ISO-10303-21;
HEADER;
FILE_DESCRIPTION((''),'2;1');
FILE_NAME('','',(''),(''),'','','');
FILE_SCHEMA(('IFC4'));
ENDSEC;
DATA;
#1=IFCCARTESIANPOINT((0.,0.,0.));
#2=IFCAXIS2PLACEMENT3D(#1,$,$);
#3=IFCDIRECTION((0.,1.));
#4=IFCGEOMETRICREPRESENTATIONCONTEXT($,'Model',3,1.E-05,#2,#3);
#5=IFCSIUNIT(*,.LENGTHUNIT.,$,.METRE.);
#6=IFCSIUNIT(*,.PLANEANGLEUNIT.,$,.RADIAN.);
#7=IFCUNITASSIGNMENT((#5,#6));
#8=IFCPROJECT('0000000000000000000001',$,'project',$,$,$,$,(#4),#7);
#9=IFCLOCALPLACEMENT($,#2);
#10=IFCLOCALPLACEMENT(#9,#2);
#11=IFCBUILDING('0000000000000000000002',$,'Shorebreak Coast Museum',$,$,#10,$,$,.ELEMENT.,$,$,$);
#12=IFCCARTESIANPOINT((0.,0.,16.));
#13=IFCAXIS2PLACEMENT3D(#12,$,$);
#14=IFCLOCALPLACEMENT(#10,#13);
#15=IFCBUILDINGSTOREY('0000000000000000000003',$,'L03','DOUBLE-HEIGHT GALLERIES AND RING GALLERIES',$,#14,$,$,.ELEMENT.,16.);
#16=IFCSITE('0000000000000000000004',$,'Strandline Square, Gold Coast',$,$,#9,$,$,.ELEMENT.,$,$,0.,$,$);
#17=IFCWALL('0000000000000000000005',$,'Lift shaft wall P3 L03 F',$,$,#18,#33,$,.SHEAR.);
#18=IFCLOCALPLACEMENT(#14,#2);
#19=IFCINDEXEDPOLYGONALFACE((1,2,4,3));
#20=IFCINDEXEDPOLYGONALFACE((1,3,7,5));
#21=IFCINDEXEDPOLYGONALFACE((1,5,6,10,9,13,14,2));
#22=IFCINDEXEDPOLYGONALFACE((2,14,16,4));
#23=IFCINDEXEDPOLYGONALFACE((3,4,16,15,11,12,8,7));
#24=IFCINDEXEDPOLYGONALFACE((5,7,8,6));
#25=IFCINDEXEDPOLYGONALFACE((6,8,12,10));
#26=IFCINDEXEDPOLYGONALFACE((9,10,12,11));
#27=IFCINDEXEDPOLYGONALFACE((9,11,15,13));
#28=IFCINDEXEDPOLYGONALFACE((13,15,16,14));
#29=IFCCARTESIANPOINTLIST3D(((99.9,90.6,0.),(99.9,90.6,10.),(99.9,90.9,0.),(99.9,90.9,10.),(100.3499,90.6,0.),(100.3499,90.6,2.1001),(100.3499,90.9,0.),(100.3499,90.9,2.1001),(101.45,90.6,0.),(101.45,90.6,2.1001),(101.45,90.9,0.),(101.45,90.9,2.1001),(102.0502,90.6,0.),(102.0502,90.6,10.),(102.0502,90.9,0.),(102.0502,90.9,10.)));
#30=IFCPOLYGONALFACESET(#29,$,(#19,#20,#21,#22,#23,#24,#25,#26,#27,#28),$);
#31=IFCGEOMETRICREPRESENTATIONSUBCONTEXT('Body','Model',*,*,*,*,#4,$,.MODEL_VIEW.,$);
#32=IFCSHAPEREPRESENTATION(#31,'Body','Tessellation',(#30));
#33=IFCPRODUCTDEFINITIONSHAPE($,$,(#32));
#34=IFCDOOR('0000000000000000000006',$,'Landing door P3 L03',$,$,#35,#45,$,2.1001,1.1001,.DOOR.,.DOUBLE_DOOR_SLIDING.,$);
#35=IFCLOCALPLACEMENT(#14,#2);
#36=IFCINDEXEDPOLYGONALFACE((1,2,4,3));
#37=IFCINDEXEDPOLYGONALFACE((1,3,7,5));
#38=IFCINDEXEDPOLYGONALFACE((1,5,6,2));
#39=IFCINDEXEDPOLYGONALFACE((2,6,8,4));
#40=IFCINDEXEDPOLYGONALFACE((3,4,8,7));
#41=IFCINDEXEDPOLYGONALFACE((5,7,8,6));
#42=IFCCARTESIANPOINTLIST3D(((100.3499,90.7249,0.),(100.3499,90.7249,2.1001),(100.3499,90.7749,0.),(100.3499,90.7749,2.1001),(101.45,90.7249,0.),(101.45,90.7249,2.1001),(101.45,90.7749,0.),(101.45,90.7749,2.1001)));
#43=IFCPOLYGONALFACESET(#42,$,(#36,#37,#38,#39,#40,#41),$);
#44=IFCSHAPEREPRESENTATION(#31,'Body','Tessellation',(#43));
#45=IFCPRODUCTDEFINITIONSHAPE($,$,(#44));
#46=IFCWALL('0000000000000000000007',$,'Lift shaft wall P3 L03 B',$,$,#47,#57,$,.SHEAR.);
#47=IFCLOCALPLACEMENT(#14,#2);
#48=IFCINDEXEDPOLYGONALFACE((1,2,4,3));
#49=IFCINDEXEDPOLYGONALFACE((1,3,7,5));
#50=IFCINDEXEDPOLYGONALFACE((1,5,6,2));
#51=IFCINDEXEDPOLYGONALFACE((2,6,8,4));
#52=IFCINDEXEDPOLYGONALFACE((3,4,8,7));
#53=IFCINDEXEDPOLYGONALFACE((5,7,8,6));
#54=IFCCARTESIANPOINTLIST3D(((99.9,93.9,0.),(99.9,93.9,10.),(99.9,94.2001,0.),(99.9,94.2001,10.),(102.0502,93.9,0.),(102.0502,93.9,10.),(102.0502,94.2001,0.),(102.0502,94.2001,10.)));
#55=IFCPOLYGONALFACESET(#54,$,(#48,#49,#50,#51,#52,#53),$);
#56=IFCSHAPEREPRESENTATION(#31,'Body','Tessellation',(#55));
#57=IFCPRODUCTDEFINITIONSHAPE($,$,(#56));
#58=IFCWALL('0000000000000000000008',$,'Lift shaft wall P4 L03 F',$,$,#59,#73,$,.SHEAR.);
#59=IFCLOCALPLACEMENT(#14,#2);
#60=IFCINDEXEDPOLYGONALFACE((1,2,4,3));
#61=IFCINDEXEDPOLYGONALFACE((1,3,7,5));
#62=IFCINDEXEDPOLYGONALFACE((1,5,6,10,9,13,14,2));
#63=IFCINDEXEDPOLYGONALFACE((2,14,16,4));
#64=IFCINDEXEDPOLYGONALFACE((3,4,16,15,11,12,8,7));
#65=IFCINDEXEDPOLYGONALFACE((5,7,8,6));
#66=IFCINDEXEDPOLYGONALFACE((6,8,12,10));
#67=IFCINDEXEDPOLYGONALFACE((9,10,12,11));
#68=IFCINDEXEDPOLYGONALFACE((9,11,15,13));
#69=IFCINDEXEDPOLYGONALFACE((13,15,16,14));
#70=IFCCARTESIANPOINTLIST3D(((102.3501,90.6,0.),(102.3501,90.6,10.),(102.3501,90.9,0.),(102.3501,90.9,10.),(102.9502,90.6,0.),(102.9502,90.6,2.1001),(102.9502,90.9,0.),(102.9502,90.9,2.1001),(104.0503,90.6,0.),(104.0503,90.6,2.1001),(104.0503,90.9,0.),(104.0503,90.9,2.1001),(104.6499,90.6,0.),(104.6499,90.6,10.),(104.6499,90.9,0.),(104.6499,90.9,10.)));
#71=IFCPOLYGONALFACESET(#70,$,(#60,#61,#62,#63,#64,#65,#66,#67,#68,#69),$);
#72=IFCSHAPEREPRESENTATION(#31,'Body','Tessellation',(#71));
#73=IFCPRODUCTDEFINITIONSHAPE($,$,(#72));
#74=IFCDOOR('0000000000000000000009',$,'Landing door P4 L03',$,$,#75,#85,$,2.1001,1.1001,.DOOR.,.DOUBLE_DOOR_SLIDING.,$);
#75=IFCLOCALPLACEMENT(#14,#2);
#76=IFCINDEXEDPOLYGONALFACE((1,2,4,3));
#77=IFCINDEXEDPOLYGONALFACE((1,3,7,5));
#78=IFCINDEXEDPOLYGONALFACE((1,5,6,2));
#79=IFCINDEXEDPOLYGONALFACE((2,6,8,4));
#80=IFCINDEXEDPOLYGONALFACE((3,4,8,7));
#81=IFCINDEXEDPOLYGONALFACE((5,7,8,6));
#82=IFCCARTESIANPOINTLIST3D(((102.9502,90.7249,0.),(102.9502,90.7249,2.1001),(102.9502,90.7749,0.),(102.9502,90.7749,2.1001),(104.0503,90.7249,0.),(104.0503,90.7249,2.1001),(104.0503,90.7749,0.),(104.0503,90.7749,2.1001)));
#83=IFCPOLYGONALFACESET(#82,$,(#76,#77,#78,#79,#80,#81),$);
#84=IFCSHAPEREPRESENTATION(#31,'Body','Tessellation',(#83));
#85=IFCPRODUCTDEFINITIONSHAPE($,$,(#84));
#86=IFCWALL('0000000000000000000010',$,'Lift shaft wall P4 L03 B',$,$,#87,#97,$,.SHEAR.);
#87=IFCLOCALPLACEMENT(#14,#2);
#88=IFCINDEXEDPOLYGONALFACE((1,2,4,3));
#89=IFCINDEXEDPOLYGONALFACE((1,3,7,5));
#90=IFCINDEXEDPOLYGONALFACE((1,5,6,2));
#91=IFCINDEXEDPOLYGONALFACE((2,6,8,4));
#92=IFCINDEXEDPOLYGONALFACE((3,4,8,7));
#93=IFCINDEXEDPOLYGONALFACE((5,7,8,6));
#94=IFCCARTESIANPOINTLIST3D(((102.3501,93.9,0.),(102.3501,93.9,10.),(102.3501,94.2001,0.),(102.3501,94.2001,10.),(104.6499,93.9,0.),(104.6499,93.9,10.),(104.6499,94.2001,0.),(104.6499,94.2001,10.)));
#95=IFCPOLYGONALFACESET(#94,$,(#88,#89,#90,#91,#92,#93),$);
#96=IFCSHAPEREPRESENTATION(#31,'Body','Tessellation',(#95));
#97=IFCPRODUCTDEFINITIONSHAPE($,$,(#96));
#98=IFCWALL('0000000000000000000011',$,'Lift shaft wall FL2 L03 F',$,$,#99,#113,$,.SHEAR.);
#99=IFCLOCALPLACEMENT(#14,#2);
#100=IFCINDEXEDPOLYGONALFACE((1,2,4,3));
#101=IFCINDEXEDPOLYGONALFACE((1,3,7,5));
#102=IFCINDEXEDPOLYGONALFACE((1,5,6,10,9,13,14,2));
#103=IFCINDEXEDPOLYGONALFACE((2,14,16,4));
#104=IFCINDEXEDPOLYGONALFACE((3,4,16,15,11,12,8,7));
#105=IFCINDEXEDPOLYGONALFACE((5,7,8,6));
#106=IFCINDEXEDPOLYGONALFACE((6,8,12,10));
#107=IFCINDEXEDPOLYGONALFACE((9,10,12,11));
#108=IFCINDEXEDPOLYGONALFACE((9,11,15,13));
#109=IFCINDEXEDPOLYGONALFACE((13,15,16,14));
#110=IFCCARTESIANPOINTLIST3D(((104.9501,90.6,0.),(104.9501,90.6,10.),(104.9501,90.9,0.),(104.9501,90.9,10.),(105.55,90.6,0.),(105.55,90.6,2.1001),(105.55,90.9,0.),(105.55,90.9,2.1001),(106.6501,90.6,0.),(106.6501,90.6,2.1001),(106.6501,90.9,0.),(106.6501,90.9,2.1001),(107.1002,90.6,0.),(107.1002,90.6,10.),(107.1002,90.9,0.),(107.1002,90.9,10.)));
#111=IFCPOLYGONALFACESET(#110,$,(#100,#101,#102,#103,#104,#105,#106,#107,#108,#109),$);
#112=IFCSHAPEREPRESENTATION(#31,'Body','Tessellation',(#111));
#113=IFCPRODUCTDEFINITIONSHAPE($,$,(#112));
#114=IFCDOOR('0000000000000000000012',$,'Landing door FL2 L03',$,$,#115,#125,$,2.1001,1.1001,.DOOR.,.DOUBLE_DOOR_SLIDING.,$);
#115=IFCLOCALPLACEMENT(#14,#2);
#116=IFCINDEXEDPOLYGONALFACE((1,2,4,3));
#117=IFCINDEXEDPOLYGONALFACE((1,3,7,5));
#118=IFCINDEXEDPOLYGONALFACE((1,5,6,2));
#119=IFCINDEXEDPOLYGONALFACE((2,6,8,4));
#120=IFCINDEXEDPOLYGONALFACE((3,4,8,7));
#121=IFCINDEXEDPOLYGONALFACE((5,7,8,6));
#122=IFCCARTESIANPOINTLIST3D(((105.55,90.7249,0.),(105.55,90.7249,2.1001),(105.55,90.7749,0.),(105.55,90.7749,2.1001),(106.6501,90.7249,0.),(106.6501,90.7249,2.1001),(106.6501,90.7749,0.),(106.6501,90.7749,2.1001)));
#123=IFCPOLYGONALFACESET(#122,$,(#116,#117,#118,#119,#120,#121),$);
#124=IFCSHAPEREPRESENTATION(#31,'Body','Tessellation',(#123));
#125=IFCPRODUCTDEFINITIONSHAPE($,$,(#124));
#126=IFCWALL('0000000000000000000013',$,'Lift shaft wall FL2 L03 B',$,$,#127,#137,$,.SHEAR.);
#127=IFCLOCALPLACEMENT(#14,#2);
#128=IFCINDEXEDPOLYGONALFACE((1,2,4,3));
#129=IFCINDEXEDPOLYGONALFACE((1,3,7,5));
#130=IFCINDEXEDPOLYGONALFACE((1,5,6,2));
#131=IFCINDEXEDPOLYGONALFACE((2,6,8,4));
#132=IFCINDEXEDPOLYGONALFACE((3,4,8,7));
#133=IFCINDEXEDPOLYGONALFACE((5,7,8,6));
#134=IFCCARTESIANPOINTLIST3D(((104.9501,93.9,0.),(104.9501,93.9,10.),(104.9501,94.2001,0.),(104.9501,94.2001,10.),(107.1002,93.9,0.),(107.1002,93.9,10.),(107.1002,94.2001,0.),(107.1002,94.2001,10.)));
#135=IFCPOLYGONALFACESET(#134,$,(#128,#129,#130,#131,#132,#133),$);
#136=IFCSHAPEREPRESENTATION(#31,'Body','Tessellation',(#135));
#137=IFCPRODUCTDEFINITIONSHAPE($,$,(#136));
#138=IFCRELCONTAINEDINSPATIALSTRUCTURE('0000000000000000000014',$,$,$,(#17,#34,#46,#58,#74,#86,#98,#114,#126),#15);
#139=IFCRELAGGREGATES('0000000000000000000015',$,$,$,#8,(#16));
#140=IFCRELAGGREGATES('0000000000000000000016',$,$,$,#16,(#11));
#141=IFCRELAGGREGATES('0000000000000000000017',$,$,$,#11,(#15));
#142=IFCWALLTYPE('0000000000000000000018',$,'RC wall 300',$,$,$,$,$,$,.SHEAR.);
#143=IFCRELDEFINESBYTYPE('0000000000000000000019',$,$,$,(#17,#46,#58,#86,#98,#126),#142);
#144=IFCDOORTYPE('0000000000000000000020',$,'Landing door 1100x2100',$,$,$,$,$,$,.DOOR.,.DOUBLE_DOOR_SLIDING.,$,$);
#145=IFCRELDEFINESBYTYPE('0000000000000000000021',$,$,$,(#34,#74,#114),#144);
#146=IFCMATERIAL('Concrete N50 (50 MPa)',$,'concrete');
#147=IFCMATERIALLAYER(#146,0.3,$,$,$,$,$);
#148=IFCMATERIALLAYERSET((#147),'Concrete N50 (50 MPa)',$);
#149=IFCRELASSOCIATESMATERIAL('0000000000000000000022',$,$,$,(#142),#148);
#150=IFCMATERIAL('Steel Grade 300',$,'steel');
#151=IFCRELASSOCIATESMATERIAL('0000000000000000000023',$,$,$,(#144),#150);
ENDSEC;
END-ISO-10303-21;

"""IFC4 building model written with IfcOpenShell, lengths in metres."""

from ifc_helpers import new_model, si_unit, direction, frame, frame_2d, origin, place, context, subcontext, project, spatial, rectangle, extrude, material, layer, layer_set, type_object, element, fill, save


model = new_model("IFC4")

# Units and contexts
model_context = context("Model", 3, precision=1e-05, world=origin(), true_north=direction((0.0, 1.0)))
body_context = subcontext(model_context, "Body", "Model", "MODEL_VIEW")
ifc_project = project(units=[si_unit("LENGTHUNIT", "METRE"), si_unit("PLANEANGLEUNIT", "RADIAN")], contexts=[model_context])

# Site, building, storey
site_placement = place(None, origin())
site = spatial("IfcSite", under=ifc_project, at=site_placement, Name="Strandline Square, Gold Coast", CompositionType="ELEMENT", RefElevation=0.0)
building_placement = place(site_placement, origin())
building = spatial("IfcBuilding", under=site, at=building_placement, Name="Shorebreak Coast Museum", CompositionType="ELEMENT")
storey_placement = place(building_placement, frame((0.0, 0.0, 16.0)))
storey = spatial("IfcBuildingStorey", under=building, at=storey_placement, Name="L03", Description="DOUBLE-HEIGHT GALLERIES AND RING GALLERIES", CompositionType="ELEMENT", Elevation=16.0)

# Shared definitions
ifc_material_1 = material(Name="Concrete N50 (50 MPa)", Category="concrete")
ifc_layer_1 = layer(ifc_material_1, 0.3)
ifc_layer_set_1 = layer_set([ifc_layer_1], Name="Concrete N50 (50 MPa)")
wall_type_1 = type_object("IfcWallType", Name="RC wall 300", PredefinedType="SHEAR", material=ifc_layer_set_1)

# Wall, opening, door
wall_1_placement = place(storey_placement, frame((99.8999, 90.75, 0.0), z_axis=(0.0, 0.0, 1.0), x_axis=(1.0, 0.0, 0.0)))
wall_1 = element("IfcWall", 1, at=wall_1_placement, inside=storey, type_object=wall_type_1, Name="Lift shaft wall P3 L03 F", PredefinedType="SHEAR", context=body_context, shape_type="SweptSolid", body=[
    extrude(rectangle(XDim=2.1501, YDim=0.3, at=frame_2d((1.0752, 0.0))), origin(), (0.0, 0.0, 1.0), 10.0),
])
opening_1_placement = place(wall_1_placement, frame((0.45, 0.0, 0.0)))
opening_1 = element("IfcOpeningElement", 2, at=opening_1_placement, cuts=wall_1, PredefinedType="OPENING", context=body_context, shape_type="SweptSolid", body=[
    extrude(rectangle(XDim=1.1001, YDim=2.1001, at=frame_2d((0.55, 1.05))), frame((0.0, 0.1599, 0.0), z_axis=(0.0, -1.0, 0.0), x_axis=(1.0, 0.0, 0.0)), (0.0, 0.0, 1.0), 0.3201),
])
ifc_material_2 = material(Name="Steel Grade 300", Category="steel")
door_type_1 = type_object("IfcDoorType", Name="Landing door 1100x2100", OperationType="DOUBLE_DOOR_SLIDING", PredefinedType="DOOR", material=ifc_material_2)
door_1_placement = place(opening_1_placement, origin())
door_1 = element("IfcDoor", 3, at=door_1_placement, inside=storey, type_object=door_type_1, Name="Landing door P3 L03", OperationType="DOUBLE_DOOR_SLIDING", OverallHeight=2.1001, OverallWidth=1.1001, PredefinedType="DOOR", context=body_context, shape_type="SweptSolid", body=[
    extrude(rectangle(XDim=1.1001, YDim=2.1001, at=frame_2d((0.55, 1.05))), frame((0.0, 0.0249, 0.0), z_axis=(0.0, -1.0, 0.0), x_axis=(1.0, 0.0, 0.0)), (0.0, 0.0, 1.0), 0.05),
])
fill(opening_1, door_1)

# Wall
wall_2_placement = place(storey_placement, frame((99.8999, 94.05, 0.0), z_axis=(0.0, 0.0, 1.0), x_axis=(1.0, 0.0, 0.0)))
element("IfcWall", 4, at=wall_2_placement, inside=storey, type_object=wall_type_1, Name="Lift shaft wall P3 L03 B", PredefinedType="SHEAR", context=body_context, shape_type="SweptSolid", body=[
    extrude(rectangle(XDim=2.1501, YDim=0.3, at=frame_2d((1.0752, 0.0))), origin(), (0.0, 0.0, 1.0), 10.0),
])

# Wall, opening, door
wall_3_placement = place(storey_placement, frame((102.3501, 90.75, 0.0), z_axis=(0.0, 0.0, 1.0), x_axis=(1.0, 0.0, 0.0)))
wall_3 = element("IfcWall", 5, at=wall_3_placement, inside=storey, type_object=wall_type_1, Name="Lift shaft wall P4 L03 F", PredefinedType="SHEAR", context=body_context, shape_type="SweptSolid", body=[
    extrude(rectangle(XDim=2.2998, YDim=0.3, at=frame_2d((1.1499, 0.0))), origin(), (0.0, 0.0, 1.0), 10.0),
])
opening_2_placement = place(wall_3_placement, frame((0.6001, 0.0, 0.0)))
opening_2 = element("IfcOpeningElement", 6, at=opening_2_placement, cuts=wall_3, PredefinedType="OPENING", context=body_context, shape_type="SweptSolid", body=[
    extrude(rectangle(XDim=1.1001, YDim=2.1001, at=frame_2d((0.55, 1.05))), frame((0.0, 0.1599, 0.0), z_axis=(0.0, -1.0, 0.0), x_axis=(1.0, 0.0, 0.0)), (0.0, 0.0, 1.0), 0.3201),
])
door_2_placement = place(opening_2_placement, origin())
door_2 = element("IfcDoor", 7, at=door_2_placement, inside=storey, type_object=door_type_1, Name="Landing door P4 L03", OperationType="DOUBLE_DOOR_SLIDING", OverallHeight=2.1001, OverallWidth=1.1001, PredefinedType="DOOR", context=body_context, shape_type="SweptSolid", body=[
    extrude(rectangle(XDim=1.1001, YDim=2.1001, at=frame_2d((0.55, 1.05))), frame((0.0, 0.0249, 0.0), z_axis=(0.0, -1.0, 0.0), x_axis=(1.0, 0.0, 0.0)), (0.0, 0.0, 1.0), 0.05),
])
fill(opening_2, door_2)

# Wall
wall_4_placement = place(storey_placement, frame((102.3501, 94.05, 0.0), z_axis=(0.0, 0.0, 1.0), x_axis=(1.0, 0.0, 0.0)))
element("IfcWall", 8, at=wall_4_placement, inside=storey, type_object=wall_type_1, Name="Lift shaft wall P4 L03 B", PredefinedType="SHEAR", context=body_context, shape_type="SweptSolid", body=[
    extrude(rectangle(XDim=2.2998, YDim=0.3, at=frame_2d((1.1499, 0.0))), origin(), (0.0, 0.0, 1.0), 10.0),
])

# Wall, opening, door
wall_5_placement = place(storey_placement, frame((104.95, 90.75, 0.0), z_axis=(0.0, 0.0, 1.0), x_axis=(1.0, 0.0, 0.0)))
wall_5 = element("IfcWall", 9, at=wall_5_placement, inside=storey, type_object=wall_type_1, Name="Lift shaft wall FL2 L03 F", PredefinedType="SHEAR", context=body_context, shape_type="SweptSolid", body=[
    extrude(rectangle(XDim=2.1501, YDim=0.3, at=frame_2d((1.0752, 0.0))), origin(), (0.0, 0.0, 1.0), 10.0),
])
opening_3_placement = place(wall_5_placement, frame((0.6001, 0.0, 0.0)))
opening_3 = element("IfcOpeningElement", 10, at=opening_3_placement, cuts=wall_5, PredefinedType="OPENING", context=body_context, shape_type="SweptSolid", body=[
    extrude(rectangle(XDim=1.1001, YDim=2.1001, at=frame_2d((0.55, 1.05))), frame((0.0, 0.1599, 0.0), z_axis=(0.0, -1.0, 0.0), x_axis=(1.0, 0.0, 0.0)), (0.0, 0.0, 1.0), 0.3201),
])
door_3_placement = place(opening_3_placement, origin())
door_3 = element("IfcDoor", 11, at=door_3_placement, inside=storey, type_object=door_type_1, Name="Landing door FL2 L03", OperationType="DOUBLE_DOOR_SLIDING", OverallHeight=2.1001, OverallWidth=1.1001, PredefinedType="DOOR", context=body_context, shape_type="SweptSolid", body=[
    extrude(rectangle(XDim=1.1001, YDim=2.1001, at=frame_2d((0.55, 1.05))), frame((0.0, 0.0249, 0.0), z_axis=(0.0, -1.0, 0.0), x_axis=(1.0, 0.0, 0.0)), (0.0, 0.0, 1.0), 0.05),
])
fill(opening_3, door_3)

# Wall
wall_6_placement = place(storey_placement, frame((104.95, 94.05, 0.0), z_axis=(0.0, 0.0, 1.0), x_axis=(1.0, 0.0, 0.0)))
element("IfcWall", 12, at=wall_6_placement, inside=storey, type_object=wall_type_1, Name="Lift shaft wall FL2 L03 B", PredefinedType="SHEAR", context=body_context, shape_type="SweptSolid", body=[
    extrude(rectangle(XDim=2.1501, YDim=0.3, at=frame_2d((1.0752, 0.0))), origin(), (0.0, 0.0, 1.0), 10.0),
])

save(model, "model.ifc")
